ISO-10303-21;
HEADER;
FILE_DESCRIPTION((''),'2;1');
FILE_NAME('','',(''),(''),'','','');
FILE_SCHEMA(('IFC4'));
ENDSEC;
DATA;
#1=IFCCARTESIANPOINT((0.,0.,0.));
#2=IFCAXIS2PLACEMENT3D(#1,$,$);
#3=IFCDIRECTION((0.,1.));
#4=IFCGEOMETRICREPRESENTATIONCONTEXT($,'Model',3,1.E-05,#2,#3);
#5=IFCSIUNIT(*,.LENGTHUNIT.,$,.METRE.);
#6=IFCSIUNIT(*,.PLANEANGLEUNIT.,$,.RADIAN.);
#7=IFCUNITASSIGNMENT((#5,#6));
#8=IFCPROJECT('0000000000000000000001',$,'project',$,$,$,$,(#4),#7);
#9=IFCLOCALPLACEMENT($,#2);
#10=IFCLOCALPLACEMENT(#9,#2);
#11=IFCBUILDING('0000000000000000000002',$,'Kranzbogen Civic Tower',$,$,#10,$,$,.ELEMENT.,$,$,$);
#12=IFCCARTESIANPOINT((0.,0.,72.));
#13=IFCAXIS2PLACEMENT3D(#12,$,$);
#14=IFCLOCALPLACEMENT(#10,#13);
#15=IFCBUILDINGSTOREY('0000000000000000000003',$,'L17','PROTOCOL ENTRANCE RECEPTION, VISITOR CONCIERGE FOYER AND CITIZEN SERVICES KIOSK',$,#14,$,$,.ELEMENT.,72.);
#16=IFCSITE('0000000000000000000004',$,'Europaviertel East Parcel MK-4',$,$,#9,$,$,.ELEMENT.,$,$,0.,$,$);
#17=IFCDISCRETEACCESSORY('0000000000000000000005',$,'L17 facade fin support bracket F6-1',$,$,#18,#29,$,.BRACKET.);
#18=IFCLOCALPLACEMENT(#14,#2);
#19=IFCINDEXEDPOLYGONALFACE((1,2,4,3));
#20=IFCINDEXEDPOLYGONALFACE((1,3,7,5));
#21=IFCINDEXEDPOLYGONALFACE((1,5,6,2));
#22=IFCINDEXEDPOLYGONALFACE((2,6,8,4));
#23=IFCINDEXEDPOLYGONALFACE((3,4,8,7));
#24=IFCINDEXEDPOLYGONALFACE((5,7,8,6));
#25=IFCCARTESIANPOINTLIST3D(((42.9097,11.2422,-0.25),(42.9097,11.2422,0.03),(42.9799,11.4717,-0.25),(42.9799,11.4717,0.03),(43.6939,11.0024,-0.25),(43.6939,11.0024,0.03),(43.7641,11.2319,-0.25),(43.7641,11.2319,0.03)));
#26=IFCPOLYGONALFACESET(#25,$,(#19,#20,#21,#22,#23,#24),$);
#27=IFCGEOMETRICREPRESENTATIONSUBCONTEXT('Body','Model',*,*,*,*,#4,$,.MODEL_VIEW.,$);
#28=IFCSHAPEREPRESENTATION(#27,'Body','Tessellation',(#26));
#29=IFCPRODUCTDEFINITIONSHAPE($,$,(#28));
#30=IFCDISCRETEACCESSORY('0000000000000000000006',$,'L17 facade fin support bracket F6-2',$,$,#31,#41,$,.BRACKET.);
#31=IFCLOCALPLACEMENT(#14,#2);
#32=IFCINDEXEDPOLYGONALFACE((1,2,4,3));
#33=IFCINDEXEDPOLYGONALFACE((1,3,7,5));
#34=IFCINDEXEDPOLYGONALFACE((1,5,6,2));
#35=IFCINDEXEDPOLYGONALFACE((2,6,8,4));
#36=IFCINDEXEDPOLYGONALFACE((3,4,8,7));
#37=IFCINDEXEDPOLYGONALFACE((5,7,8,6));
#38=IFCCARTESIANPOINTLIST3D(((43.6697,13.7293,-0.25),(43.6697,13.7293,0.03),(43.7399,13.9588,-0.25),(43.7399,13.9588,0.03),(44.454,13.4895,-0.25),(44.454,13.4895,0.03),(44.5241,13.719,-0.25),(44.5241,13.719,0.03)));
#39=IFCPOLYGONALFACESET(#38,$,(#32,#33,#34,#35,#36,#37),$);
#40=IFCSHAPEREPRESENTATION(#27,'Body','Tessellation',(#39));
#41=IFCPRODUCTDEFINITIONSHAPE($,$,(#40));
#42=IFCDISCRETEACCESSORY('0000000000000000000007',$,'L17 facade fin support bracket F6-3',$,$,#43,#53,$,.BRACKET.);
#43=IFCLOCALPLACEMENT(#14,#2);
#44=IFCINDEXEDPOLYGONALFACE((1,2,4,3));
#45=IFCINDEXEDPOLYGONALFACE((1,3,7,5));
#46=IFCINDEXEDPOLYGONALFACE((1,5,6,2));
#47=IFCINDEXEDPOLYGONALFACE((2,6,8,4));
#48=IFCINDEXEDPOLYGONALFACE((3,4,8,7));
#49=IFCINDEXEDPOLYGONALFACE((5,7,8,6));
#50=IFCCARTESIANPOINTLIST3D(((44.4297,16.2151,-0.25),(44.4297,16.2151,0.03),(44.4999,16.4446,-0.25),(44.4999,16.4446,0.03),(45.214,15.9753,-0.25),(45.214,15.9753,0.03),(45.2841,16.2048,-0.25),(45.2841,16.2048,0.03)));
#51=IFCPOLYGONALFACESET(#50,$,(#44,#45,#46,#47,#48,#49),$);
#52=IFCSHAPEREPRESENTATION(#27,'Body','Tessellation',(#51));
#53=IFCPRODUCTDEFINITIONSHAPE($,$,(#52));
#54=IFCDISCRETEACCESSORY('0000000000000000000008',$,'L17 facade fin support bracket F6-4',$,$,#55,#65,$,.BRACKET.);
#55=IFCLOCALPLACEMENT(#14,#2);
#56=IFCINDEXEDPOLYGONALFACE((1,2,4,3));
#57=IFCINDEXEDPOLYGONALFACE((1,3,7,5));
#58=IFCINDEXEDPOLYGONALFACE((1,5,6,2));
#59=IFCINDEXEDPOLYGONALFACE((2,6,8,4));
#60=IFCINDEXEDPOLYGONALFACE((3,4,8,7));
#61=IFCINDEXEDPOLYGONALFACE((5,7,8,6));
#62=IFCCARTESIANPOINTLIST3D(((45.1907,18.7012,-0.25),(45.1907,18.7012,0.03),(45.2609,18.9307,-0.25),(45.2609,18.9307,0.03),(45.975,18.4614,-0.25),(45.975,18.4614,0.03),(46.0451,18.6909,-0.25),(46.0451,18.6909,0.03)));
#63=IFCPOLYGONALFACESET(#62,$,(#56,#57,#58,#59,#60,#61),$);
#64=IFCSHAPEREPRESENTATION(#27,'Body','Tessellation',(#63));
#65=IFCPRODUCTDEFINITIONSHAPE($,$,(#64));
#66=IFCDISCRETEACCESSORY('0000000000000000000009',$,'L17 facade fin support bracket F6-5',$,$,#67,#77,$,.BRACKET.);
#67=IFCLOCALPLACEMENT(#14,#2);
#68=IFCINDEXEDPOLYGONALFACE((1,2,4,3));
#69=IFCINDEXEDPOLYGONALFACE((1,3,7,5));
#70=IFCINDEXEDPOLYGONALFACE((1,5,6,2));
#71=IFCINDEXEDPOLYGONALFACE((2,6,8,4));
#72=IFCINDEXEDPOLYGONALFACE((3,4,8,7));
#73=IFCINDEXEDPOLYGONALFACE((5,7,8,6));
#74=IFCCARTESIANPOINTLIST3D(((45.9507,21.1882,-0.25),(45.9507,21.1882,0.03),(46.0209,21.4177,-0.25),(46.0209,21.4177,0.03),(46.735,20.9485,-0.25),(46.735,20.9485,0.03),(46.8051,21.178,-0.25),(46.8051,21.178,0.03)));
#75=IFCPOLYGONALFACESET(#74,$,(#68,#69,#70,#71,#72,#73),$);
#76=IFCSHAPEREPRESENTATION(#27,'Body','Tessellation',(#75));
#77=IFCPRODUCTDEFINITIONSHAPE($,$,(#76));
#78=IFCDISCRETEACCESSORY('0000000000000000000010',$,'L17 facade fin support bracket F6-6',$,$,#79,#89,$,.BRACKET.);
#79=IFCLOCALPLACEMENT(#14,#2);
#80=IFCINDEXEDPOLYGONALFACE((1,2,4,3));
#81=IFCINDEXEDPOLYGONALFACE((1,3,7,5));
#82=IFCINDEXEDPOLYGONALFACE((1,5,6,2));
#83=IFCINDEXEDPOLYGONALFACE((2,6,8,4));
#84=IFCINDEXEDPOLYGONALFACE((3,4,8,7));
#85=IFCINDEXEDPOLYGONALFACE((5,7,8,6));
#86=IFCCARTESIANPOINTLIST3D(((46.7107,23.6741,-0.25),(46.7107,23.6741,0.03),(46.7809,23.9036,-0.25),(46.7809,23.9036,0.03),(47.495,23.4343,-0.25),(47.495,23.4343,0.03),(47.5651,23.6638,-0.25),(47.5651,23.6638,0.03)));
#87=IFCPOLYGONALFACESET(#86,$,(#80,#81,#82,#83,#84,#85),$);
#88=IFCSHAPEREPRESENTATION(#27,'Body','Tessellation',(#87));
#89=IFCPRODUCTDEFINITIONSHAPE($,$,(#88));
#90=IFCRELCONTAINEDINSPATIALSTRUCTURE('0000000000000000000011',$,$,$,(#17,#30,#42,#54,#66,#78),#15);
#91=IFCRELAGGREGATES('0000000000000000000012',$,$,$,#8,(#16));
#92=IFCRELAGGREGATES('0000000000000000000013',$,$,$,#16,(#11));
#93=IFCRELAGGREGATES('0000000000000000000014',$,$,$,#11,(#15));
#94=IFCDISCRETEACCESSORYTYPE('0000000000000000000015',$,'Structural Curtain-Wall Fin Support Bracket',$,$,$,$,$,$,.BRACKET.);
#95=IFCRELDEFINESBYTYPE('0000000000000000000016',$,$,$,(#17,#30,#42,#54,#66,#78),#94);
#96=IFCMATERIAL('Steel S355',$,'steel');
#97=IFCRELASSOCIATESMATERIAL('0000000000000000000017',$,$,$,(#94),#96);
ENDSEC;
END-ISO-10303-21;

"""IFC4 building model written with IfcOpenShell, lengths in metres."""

from ifc_helpers import new_model, si_unit, direction, frame, origin, origin_2d, place, context, subcontext, project, spatial, rectangle, extrude, material, type_object, element, save


model = new_model("IFC4")

# Units and contexts
model_context = context("Model", 3, precision=1e-05, world=origin(), true_north=direction((0.0, 1.0)))
body_context = subcontext(model_context, "Body", "Model", "MODEL_VIEW")
ifc_project = project(units=[si_unit("LENGTHUNIT", "METRE"), si_unit("PLANEANGLEUNIT", "RADIAN")], contexts=[model_context])

# Site, building, storey
site_placement = place(None, origin())
site = spatial("IfcSite", under=ifc_project, at=site_placement, Name="Europaviertel East Parcel MK-4", CompositionType="ELEMENT", RefElevation=0.0)
building_placement = place(site_placement, origin())
building = spatial("IfcBuilding", under=site, at=building_placement, Name="Kranzbogen Civic Tower", CompositionType="ELEMENT")
storey_placement = place(building_placement, frame((0.0, 0.0, 72.0)))
storey = spatial("IfcBuildingStorey", under=building, at=storey_placement, Name="L17", Description="PROTOCOL ENTRANCE RECEPTION, VISITOR CONCIERGE FOYER AND CITIZEN SERVICES KIOSK", CompositionType="ELEMENT", Elevation=72.0)

# Shared definitions
ifc_material_1 = material(Name="Steel S355", Category="steel")

# Discrete accessories
discrete_accessory_type = type_object("IfcDiscreteAccessoryType", Name="Structural Curtain-Wall Fin Support Bracket", PredefinedType="BRACKET", material=ifc_material_1)
for number, where, z_axis, x_axis, name in (
    (1, (43.3369, 11.2371, -0.25), (0.0, 0.0, 1.0), (0.956305, -0.292372, 0.0), "L17 facade fin support bracket F6-1"),
    (2, (44.0969, 13.7241, -0.25), (0.0, 0.0, 1.0), (0.956305, -0.292372, 0.0), "L17 facade fin support bracket F6-2"),
    (3, (44.8569, 16.21, -0.25), (0.0, 0.0, 1.0), (0.956305, -0.292372, 0.0), "L17 facade fin support bracket F6-3"),
    (4, (45.6179, 18.696, -0.25), (0.0, 0.0, 1.0), (0.956305, -0.292372, 0.0), "L17 facade fin support bracket F6-4"),
    (5, (46.3779, 21.1831, -0.25), (0.0, 0.0, 1.0), (0.956305, -0.292372, 0.0), "L17 facade fin support bracket F6-5"),
    (6, (47.1379, 23.6689, -0.25), (0.0, 0.0, 1.0), (0.956305, -0.292372, 0.0), "L17 facade fin support bracket F6-6"),
):
    element("IfcDiscreteAccessory", number, at=place(storey_placement, frame(where, z_axis=z_axis, x_axis=x_axis)), inside=storey, type_object=discrete_accessory_type, Name=name, PredefinedType="BRACKET", context=body_context, shape_type="SweptSolid", body=[
        extrude(rectangle(XDim=0.8201, YDim=0.24, at=origin_2d()), origin(), (0.0, 0.0, 1.0), 0.28),
    ])

save(model, "model.ifc")
